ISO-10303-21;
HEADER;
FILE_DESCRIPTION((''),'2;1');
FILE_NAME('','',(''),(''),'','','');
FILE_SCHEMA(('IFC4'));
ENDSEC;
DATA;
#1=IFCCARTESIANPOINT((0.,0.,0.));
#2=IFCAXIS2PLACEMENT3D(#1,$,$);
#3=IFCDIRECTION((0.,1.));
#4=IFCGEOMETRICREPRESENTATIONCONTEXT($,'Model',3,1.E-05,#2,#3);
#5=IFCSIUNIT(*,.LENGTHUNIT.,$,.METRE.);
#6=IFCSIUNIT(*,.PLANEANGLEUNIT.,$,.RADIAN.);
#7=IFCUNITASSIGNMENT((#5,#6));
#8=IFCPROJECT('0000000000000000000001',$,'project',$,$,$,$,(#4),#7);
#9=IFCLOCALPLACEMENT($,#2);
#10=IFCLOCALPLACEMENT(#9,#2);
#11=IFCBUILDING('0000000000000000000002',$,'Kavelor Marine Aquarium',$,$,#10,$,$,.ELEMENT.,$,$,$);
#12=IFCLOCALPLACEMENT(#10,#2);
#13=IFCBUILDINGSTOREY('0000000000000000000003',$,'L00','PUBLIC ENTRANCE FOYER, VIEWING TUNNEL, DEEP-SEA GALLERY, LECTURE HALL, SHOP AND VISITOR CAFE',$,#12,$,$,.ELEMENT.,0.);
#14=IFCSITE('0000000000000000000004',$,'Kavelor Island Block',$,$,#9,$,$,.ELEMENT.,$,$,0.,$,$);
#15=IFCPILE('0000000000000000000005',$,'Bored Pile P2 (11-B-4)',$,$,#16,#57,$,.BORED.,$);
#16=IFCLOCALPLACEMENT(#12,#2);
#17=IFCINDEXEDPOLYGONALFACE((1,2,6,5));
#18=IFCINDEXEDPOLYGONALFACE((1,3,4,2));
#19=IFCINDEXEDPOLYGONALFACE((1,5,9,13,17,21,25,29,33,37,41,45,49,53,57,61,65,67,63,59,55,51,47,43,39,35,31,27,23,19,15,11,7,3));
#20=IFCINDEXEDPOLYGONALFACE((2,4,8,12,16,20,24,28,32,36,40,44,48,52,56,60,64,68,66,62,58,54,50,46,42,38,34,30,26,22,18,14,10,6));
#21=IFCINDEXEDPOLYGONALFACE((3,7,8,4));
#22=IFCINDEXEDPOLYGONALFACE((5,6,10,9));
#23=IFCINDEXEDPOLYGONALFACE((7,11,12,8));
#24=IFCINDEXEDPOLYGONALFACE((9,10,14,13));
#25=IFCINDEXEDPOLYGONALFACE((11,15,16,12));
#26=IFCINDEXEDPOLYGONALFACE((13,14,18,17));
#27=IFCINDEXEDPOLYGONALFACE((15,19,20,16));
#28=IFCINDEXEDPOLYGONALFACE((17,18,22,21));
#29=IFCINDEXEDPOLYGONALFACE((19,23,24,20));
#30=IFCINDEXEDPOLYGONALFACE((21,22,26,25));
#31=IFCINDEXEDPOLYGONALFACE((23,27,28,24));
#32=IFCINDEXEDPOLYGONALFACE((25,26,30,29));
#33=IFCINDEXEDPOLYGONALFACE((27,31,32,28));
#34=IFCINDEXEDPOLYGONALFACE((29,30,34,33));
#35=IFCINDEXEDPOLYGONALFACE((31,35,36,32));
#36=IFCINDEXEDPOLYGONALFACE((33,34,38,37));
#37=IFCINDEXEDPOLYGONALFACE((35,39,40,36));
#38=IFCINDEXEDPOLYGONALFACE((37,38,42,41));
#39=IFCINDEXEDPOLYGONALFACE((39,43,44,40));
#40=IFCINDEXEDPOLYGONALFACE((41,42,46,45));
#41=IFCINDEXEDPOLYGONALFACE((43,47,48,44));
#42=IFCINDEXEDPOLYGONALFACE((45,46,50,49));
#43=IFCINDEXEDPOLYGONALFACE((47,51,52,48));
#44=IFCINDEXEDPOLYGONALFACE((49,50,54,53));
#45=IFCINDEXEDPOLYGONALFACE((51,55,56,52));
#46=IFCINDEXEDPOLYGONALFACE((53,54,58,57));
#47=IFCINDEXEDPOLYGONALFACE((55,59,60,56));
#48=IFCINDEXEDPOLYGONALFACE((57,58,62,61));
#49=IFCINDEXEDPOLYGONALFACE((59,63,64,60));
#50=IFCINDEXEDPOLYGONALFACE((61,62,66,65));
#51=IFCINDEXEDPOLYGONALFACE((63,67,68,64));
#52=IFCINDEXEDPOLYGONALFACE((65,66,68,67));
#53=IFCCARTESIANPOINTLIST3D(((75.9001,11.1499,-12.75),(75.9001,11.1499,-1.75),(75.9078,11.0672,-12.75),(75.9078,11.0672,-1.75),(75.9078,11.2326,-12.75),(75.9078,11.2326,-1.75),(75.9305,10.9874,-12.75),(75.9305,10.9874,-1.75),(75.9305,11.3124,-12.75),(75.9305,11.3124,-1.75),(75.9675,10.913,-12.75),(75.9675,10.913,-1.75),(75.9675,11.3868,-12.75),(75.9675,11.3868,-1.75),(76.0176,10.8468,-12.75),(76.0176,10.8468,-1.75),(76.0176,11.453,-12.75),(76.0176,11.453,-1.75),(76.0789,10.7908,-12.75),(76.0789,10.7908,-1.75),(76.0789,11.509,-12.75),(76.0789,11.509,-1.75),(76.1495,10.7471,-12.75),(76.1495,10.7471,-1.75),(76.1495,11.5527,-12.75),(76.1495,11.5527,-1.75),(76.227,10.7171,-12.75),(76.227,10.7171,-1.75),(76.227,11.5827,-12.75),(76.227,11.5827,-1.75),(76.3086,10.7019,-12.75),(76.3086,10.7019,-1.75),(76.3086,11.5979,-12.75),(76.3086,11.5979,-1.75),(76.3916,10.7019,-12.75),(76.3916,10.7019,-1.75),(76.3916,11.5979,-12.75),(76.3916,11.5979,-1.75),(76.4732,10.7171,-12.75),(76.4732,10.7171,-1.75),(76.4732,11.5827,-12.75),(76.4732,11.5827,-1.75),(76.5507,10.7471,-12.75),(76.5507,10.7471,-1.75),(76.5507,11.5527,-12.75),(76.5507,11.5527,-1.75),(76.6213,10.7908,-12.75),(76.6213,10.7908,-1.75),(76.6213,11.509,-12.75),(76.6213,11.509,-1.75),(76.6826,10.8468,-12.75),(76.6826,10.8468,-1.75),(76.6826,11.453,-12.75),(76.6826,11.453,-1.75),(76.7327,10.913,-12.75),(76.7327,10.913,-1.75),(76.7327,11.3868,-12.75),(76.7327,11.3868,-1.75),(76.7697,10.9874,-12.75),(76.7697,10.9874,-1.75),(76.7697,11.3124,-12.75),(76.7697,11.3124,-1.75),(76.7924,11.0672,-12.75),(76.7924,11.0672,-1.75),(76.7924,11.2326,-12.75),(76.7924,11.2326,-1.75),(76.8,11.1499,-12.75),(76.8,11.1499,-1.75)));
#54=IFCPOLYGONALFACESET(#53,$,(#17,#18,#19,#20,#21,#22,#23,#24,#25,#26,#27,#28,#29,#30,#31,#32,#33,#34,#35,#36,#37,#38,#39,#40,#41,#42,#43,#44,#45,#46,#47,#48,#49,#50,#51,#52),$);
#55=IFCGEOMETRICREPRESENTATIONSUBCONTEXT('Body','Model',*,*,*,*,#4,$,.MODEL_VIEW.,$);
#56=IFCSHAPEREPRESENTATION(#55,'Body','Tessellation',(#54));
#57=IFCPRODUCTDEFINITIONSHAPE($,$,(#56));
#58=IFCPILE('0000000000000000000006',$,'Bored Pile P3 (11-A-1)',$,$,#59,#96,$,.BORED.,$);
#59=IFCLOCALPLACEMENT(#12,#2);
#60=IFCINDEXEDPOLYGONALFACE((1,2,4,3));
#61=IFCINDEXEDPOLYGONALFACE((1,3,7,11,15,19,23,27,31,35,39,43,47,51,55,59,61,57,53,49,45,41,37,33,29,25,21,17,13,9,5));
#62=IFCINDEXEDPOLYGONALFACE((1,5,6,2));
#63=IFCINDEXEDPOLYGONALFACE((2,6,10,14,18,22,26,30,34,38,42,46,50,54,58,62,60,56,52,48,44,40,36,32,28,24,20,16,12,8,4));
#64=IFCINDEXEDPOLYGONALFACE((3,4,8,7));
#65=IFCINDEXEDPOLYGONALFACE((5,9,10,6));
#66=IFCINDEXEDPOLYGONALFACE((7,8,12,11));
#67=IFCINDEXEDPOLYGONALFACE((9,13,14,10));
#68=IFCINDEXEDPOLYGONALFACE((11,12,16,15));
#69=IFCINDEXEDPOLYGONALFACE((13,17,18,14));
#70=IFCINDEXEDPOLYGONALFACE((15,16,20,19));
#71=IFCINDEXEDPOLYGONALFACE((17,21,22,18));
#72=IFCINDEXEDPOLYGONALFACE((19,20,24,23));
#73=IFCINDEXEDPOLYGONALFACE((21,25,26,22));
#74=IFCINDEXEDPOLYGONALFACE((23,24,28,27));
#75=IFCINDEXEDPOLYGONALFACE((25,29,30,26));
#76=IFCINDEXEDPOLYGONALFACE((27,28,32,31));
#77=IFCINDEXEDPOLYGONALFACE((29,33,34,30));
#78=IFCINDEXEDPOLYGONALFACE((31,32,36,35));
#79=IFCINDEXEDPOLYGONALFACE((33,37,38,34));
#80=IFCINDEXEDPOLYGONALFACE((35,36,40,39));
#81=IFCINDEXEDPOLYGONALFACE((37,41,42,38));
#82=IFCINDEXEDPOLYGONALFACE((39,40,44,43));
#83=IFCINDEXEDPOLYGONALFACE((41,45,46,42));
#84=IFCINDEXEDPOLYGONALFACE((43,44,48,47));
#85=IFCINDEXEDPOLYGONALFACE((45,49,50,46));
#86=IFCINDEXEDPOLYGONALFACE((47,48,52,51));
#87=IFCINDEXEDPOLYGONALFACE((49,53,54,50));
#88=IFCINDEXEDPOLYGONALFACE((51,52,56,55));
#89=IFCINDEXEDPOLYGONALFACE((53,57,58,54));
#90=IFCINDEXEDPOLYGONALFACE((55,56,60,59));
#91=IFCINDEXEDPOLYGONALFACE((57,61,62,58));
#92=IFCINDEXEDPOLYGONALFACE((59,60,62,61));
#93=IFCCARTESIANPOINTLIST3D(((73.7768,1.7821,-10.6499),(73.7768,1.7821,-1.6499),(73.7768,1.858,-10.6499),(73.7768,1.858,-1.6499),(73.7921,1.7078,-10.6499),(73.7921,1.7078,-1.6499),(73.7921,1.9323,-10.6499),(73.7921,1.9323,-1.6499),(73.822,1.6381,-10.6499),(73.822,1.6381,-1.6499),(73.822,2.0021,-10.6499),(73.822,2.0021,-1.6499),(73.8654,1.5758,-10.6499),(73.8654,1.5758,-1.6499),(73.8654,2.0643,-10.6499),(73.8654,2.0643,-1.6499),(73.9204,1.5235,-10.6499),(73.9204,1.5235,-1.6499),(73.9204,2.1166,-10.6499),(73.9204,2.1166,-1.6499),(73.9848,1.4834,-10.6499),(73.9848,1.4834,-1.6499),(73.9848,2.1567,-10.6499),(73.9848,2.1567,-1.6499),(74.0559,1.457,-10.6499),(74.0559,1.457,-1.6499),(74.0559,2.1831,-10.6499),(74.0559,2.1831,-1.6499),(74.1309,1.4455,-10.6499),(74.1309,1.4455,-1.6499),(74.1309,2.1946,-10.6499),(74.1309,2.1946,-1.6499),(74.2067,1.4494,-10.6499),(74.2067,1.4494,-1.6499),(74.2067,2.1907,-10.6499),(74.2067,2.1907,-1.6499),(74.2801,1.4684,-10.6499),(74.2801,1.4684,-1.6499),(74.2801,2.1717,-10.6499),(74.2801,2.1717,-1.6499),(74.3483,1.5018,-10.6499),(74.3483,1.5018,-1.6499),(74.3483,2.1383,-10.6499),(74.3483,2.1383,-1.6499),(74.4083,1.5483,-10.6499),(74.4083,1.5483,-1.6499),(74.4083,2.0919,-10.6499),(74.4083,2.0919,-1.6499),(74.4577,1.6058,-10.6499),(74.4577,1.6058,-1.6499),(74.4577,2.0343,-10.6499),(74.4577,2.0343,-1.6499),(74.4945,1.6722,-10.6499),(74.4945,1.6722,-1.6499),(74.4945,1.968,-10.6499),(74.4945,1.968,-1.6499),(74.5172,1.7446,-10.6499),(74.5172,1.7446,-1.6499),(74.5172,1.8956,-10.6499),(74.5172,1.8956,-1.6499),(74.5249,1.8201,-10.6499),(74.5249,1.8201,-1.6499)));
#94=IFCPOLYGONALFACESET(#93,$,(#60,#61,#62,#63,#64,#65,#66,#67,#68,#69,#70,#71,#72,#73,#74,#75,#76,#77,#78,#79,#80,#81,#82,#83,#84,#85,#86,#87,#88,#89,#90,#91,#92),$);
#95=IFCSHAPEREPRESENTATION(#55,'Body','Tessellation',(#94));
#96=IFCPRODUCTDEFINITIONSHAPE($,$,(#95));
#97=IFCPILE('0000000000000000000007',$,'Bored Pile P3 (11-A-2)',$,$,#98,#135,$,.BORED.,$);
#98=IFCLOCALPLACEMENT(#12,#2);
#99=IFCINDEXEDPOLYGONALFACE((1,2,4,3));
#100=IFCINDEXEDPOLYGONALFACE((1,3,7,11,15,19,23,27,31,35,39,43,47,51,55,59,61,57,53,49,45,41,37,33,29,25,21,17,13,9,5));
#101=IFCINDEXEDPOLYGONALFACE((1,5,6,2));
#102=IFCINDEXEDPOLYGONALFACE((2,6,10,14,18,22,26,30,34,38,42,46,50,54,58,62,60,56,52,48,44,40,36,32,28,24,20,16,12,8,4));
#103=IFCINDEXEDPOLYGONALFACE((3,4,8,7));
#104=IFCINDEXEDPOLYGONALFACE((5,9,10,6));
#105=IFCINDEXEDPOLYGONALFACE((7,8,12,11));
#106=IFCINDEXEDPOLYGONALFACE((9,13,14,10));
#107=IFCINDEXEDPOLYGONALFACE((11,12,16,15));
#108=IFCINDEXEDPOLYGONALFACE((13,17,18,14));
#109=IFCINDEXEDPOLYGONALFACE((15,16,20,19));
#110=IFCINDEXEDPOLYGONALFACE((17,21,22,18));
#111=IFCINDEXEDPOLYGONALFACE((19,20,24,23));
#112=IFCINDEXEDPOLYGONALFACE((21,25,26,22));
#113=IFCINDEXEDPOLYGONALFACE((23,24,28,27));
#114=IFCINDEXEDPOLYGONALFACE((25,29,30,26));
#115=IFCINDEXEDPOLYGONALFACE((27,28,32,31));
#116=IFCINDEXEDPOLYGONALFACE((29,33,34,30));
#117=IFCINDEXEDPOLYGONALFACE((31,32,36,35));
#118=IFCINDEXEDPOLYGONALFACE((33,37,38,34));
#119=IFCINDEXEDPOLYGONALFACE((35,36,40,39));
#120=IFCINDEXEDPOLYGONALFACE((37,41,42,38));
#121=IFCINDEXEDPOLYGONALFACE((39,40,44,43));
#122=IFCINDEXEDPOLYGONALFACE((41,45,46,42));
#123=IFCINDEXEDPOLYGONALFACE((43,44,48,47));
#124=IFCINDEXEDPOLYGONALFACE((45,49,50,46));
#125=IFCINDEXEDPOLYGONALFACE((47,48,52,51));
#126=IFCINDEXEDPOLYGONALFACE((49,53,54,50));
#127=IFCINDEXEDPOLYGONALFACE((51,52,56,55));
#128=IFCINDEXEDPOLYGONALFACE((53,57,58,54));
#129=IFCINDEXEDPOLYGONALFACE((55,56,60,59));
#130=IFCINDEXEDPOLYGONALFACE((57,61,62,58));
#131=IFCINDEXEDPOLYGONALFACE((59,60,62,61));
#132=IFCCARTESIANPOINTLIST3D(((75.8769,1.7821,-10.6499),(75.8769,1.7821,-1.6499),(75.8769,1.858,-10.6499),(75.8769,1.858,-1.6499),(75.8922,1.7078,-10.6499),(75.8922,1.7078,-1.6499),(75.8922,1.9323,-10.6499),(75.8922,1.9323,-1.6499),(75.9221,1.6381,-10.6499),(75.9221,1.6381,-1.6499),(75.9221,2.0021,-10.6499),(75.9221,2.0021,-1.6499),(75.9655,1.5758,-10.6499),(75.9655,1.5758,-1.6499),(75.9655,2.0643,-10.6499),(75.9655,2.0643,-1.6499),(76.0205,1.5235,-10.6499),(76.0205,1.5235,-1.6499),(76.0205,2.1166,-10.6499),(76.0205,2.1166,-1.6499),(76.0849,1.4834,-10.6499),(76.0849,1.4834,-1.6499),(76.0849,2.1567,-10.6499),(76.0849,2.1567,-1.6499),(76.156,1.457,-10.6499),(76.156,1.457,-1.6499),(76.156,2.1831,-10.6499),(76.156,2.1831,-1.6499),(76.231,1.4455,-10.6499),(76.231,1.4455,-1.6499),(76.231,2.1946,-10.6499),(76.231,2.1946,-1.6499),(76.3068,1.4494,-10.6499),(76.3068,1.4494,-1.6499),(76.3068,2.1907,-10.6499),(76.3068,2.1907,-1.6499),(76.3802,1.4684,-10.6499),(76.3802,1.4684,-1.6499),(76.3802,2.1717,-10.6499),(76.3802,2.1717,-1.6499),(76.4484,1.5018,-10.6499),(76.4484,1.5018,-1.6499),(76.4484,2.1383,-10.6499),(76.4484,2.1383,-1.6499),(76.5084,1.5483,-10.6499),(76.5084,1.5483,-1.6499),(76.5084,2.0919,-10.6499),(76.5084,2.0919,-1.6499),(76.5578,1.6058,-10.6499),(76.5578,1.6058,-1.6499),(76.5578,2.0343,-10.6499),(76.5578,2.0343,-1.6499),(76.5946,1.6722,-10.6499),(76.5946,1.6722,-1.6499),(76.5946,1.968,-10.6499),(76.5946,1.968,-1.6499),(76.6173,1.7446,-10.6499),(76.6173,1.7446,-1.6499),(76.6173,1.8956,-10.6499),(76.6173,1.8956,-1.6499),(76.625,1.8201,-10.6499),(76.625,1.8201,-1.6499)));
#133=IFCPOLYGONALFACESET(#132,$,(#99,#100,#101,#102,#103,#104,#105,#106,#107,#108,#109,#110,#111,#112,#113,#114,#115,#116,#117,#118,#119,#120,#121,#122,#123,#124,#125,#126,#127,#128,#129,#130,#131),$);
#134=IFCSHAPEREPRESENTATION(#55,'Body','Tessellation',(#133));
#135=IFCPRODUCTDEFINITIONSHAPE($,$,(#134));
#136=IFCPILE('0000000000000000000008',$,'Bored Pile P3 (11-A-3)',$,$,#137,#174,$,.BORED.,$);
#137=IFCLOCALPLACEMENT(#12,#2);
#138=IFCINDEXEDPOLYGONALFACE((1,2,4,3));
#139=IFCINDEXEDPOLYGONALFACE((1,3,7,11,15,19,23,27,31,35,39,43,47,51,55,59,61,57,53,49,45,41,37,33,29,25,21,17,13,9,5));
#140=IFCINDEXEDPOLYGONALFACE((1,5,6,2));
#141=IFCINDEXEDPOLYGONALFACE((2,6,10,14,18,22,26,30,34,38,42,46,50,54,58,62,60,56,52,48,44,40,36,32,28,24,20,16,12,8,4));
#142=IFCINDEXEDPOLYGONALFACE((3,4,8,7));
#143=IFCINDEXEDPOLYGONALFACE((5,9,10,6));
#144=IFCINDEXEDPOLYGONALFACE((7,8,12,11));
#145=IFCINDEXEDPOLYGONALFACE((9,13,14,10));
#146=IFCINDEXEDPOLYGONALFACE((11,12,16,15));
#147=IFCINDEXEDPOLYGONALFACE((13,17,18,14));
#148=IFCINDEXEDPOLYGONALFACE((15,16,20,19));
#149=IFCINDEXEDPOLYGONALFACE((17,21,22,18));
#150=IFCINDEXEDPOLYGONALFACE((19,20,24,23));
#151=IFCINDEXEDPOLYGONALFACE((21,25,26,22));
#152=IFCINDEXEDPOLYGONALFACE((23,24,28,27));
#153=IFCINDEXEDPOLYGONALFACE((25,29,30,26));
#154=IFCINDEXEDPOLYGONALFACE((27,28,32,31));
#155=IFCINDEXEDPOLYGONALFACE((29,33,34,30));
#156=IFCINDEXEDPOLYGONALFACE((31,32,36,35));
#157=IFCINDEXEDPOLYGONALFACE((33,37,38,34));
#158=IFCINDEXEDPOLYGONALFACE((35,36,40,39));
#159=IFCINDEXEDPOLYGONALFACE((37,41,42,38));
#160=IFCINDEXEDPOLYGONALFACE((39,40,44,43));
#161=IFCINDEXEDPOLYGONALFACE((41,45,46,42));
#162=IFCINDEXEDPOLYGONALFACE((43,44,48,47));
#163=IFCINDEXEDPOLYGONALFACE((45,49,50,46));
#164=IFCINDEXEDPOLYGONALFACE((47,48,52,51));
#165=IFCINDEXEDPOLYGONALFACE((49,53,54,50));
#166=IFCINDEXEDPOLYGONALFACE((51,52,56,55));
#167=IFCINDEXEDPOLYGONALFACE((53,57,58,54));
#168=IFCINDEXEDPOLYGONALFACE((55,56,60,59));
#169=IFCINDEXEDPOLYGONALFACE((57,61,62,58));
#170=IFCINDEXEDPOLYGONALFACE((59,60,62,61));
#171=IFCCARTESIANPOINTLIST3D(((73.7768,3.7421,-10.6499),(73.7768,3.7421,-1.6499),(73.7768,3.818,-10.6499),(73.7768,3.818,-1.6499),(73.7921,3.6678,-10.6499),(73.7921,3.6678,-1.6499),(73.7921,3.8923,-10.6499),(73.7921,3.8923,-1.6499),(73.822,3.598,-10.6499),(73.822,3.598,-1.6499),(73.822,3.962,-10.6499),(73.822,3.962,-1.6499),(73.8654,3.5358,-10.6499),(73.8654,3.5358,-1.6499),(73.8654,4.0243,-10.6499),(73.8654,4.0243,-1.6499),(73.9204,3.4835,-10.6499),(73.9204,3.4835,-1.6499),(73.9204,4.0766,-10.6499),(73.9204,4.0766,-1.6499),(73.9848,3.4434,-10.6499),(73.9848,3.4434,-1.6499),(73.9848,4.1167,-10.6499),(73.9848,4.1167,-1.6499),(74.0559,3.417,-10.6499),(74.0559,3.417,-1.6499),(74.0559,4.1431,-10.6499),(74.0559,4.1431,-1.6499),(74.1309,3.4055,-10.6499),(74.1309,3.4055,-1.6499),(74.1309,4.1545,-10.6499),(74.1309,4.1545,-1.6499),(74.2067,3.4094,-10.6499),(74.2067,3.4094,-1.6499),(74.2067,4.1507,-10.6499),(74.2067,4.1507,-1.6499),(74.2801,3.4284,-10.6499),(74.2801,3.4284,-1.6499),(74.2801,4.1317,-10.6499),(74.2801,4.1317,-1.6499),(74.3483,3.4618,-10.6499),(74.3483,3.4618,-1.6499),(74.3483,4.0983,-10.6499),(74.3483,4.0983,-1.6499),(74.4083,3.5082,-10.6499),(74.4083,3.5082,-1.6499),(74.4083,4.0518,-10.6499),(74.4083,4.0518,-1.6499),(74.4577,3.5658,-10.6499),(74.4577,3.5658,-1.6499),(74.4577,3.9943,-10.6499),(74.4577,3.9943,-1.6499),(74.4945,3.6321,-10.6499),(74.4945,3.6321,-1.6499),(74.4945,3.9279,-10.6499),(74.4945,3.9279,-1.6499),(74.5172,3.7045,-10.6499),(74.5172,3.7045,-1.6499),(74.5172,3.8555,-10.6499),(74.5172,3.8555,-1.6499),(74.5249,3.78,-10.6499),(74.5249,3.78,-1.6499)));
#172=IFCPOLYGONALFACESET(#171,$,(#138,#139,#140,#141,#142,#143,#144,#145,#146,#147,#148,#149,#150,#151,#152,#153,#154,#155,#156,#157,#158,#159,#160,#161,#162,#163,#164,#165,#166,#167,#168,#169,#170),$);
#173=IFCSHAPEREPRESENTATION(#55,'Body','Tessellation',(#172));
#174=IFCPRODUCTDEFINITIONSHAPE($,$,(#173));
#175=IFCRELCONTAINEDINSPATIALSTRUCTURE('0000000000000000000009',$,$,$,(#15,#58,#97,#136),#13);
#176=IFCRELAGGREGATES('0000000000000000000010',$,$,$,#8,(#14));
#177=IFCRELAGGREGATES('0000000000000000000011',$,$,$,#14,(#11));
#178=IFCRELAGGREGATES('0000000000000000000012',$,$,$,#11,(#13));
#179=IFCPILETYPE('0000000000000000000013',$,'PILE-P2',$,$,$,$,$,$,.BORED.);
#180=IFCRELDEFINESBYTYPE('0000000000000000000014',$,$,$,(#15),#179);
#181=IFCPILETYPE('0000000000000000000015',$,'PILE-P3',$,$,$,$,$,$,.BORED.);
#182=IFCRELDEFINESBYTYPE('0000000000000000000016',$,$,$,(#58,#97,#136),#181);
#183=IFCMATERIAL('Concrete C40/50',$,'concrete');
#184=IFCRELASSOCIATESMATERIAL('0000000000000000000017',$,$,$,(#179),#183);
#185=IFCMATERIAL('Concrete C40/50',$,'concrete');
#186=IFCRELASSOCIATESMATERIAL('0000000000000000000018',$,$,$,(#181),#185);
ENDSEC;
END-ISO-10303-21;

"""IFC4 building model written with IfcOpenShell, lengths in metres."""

from ifc_helpers import new_model, si_unit, direction, frame, origin, origin_2d, place, context, subcontext, project, spatial, circle, extrude, material, material_profile, profile_set, type_object, element, save


model = new_model("IFC4")

# Units and contexts
model_context = context("Model", 3, precision=1e-05, world=origin(), true_north=direction((0.0, 1.0)))
body_context = subcontext(model_context, "Body", "Model", "MODEL_VIEW")
ifc_project = project(units=[si_unit("LENGTHUNIT", "METRE"), si_unit("PLANEANGLEUNIT", "RADIAN")], contexts=[model_context])

# Site, building, storey
site_placement = place(None, origin())
site = spatial("IfcSite", under=ifc_project, at=site_placement, Name="Kavelor Island Block", CompositionType="ELEMENT", RefElevation=0.0)
building_placement = place(site_placement, origin())
building = spatial("IfcBuilding", under=site, at=building_placement, Name="Kavelor Marine Aquarium", CompositionType="ELEMENT")
storey_placement = place(building_placement, origin())
storey = spatial("IfcBuildingStorey", under=building, at=storey_placement, Name="L00", Description="PUBLIC ENTRANCE FOYER, VIEWING TUNNEL, DEEP-SEA GALLERY, LECTURE HALL, SHOP AND VISITOR CAFE", CompositionType="ELEMENT", Elevation=0.0)

# Piles
ifc_material_1 = material(Name="Concrete C40/50", Category="concrete")
ifc_material_profile_1 = material_profile(ifc_material_1, circle(Radius=0.45, at=origin_2d()), Name="PILE D900")
ifc_profile_set_1 = profile_set([ifc_material_profile_1], Name="Concrete C40/50")
pile_type_1 = type_object("IfcPileType", Name="PILE-P2", PredefinedType="BORED", material=ifc_profile_set_1)
for number, where, z_axis, x_axis, name in (
    (1, (76.3501, 11.1499, -1.75), (0.0, 0.0, -1.0), (1.0, 0.0, 0.0), "Bored Pile P2 (11-B-4)"),
):
    element("IfcPile", number, at=place(storey_placement, frame(where, z_axis=z_axis, x_axis=x_axis)), inside=storey, type_object=pile_type_1, Name=name, PredefinedType="BORED", context=body_context, shape_type="SweptSolid", body=[
        extrude(circle(Radius=0.45, at=origin_2d()), origin(), (0.0, 0.0, 1.0), 11.0),
    ])
ifc_material_2 = material(Name="Concrete C40/50", Category="concrete")
ifc_material_profile_2 = material_profile(ifc_material_2, circle(Radius=0.375, at=origin_2d()), Name="PILE D750")
ifc_profile_set_2 = profile_set([ifc_material_profile_2], Name="Concrete C40/50")
pile_type_2 = type_object("IfcPileType", Name="PILE-P3", PredefinedType="BORED", material=ifc_profile_set_2)
for number, where, z_axis, x_axis, name in (
    (2, (74.1499, 1.8201, -1.6499), (0.0, 0.0, -1.0), (1.0, 0.0, 0.0), "Bored Pile P3 (11-A-1)"),
    (3, (76.25, 1.8201, -1.6499), (0.0, 0.0, -1.0), (1.0, 0.0, 0.0), "Bored Pile P3 (11-A-2)"),
    (4, (74.1499, 3.78, -1.6499), (0.0, 0.0, -1.0), (1.0, 0.0, 0.0), "Bored Pile P3 (11-A-3)"),
):
    element("IfcPile", number, at=place(storey_placement, frame(where, z_axis=z_axis, x_axis=x_axis)), inside=storey, type_object=pile_type_2, Name=name, PredefinedType="BORED", context=body_context, shape_type="SweptSolid", body=[
        extrude(circle(Radius=0.375, at=origin_2d()), origin(), (0.0, 0.0, 1.0), 9.0),
    ])

save(model, "model.ifc")
